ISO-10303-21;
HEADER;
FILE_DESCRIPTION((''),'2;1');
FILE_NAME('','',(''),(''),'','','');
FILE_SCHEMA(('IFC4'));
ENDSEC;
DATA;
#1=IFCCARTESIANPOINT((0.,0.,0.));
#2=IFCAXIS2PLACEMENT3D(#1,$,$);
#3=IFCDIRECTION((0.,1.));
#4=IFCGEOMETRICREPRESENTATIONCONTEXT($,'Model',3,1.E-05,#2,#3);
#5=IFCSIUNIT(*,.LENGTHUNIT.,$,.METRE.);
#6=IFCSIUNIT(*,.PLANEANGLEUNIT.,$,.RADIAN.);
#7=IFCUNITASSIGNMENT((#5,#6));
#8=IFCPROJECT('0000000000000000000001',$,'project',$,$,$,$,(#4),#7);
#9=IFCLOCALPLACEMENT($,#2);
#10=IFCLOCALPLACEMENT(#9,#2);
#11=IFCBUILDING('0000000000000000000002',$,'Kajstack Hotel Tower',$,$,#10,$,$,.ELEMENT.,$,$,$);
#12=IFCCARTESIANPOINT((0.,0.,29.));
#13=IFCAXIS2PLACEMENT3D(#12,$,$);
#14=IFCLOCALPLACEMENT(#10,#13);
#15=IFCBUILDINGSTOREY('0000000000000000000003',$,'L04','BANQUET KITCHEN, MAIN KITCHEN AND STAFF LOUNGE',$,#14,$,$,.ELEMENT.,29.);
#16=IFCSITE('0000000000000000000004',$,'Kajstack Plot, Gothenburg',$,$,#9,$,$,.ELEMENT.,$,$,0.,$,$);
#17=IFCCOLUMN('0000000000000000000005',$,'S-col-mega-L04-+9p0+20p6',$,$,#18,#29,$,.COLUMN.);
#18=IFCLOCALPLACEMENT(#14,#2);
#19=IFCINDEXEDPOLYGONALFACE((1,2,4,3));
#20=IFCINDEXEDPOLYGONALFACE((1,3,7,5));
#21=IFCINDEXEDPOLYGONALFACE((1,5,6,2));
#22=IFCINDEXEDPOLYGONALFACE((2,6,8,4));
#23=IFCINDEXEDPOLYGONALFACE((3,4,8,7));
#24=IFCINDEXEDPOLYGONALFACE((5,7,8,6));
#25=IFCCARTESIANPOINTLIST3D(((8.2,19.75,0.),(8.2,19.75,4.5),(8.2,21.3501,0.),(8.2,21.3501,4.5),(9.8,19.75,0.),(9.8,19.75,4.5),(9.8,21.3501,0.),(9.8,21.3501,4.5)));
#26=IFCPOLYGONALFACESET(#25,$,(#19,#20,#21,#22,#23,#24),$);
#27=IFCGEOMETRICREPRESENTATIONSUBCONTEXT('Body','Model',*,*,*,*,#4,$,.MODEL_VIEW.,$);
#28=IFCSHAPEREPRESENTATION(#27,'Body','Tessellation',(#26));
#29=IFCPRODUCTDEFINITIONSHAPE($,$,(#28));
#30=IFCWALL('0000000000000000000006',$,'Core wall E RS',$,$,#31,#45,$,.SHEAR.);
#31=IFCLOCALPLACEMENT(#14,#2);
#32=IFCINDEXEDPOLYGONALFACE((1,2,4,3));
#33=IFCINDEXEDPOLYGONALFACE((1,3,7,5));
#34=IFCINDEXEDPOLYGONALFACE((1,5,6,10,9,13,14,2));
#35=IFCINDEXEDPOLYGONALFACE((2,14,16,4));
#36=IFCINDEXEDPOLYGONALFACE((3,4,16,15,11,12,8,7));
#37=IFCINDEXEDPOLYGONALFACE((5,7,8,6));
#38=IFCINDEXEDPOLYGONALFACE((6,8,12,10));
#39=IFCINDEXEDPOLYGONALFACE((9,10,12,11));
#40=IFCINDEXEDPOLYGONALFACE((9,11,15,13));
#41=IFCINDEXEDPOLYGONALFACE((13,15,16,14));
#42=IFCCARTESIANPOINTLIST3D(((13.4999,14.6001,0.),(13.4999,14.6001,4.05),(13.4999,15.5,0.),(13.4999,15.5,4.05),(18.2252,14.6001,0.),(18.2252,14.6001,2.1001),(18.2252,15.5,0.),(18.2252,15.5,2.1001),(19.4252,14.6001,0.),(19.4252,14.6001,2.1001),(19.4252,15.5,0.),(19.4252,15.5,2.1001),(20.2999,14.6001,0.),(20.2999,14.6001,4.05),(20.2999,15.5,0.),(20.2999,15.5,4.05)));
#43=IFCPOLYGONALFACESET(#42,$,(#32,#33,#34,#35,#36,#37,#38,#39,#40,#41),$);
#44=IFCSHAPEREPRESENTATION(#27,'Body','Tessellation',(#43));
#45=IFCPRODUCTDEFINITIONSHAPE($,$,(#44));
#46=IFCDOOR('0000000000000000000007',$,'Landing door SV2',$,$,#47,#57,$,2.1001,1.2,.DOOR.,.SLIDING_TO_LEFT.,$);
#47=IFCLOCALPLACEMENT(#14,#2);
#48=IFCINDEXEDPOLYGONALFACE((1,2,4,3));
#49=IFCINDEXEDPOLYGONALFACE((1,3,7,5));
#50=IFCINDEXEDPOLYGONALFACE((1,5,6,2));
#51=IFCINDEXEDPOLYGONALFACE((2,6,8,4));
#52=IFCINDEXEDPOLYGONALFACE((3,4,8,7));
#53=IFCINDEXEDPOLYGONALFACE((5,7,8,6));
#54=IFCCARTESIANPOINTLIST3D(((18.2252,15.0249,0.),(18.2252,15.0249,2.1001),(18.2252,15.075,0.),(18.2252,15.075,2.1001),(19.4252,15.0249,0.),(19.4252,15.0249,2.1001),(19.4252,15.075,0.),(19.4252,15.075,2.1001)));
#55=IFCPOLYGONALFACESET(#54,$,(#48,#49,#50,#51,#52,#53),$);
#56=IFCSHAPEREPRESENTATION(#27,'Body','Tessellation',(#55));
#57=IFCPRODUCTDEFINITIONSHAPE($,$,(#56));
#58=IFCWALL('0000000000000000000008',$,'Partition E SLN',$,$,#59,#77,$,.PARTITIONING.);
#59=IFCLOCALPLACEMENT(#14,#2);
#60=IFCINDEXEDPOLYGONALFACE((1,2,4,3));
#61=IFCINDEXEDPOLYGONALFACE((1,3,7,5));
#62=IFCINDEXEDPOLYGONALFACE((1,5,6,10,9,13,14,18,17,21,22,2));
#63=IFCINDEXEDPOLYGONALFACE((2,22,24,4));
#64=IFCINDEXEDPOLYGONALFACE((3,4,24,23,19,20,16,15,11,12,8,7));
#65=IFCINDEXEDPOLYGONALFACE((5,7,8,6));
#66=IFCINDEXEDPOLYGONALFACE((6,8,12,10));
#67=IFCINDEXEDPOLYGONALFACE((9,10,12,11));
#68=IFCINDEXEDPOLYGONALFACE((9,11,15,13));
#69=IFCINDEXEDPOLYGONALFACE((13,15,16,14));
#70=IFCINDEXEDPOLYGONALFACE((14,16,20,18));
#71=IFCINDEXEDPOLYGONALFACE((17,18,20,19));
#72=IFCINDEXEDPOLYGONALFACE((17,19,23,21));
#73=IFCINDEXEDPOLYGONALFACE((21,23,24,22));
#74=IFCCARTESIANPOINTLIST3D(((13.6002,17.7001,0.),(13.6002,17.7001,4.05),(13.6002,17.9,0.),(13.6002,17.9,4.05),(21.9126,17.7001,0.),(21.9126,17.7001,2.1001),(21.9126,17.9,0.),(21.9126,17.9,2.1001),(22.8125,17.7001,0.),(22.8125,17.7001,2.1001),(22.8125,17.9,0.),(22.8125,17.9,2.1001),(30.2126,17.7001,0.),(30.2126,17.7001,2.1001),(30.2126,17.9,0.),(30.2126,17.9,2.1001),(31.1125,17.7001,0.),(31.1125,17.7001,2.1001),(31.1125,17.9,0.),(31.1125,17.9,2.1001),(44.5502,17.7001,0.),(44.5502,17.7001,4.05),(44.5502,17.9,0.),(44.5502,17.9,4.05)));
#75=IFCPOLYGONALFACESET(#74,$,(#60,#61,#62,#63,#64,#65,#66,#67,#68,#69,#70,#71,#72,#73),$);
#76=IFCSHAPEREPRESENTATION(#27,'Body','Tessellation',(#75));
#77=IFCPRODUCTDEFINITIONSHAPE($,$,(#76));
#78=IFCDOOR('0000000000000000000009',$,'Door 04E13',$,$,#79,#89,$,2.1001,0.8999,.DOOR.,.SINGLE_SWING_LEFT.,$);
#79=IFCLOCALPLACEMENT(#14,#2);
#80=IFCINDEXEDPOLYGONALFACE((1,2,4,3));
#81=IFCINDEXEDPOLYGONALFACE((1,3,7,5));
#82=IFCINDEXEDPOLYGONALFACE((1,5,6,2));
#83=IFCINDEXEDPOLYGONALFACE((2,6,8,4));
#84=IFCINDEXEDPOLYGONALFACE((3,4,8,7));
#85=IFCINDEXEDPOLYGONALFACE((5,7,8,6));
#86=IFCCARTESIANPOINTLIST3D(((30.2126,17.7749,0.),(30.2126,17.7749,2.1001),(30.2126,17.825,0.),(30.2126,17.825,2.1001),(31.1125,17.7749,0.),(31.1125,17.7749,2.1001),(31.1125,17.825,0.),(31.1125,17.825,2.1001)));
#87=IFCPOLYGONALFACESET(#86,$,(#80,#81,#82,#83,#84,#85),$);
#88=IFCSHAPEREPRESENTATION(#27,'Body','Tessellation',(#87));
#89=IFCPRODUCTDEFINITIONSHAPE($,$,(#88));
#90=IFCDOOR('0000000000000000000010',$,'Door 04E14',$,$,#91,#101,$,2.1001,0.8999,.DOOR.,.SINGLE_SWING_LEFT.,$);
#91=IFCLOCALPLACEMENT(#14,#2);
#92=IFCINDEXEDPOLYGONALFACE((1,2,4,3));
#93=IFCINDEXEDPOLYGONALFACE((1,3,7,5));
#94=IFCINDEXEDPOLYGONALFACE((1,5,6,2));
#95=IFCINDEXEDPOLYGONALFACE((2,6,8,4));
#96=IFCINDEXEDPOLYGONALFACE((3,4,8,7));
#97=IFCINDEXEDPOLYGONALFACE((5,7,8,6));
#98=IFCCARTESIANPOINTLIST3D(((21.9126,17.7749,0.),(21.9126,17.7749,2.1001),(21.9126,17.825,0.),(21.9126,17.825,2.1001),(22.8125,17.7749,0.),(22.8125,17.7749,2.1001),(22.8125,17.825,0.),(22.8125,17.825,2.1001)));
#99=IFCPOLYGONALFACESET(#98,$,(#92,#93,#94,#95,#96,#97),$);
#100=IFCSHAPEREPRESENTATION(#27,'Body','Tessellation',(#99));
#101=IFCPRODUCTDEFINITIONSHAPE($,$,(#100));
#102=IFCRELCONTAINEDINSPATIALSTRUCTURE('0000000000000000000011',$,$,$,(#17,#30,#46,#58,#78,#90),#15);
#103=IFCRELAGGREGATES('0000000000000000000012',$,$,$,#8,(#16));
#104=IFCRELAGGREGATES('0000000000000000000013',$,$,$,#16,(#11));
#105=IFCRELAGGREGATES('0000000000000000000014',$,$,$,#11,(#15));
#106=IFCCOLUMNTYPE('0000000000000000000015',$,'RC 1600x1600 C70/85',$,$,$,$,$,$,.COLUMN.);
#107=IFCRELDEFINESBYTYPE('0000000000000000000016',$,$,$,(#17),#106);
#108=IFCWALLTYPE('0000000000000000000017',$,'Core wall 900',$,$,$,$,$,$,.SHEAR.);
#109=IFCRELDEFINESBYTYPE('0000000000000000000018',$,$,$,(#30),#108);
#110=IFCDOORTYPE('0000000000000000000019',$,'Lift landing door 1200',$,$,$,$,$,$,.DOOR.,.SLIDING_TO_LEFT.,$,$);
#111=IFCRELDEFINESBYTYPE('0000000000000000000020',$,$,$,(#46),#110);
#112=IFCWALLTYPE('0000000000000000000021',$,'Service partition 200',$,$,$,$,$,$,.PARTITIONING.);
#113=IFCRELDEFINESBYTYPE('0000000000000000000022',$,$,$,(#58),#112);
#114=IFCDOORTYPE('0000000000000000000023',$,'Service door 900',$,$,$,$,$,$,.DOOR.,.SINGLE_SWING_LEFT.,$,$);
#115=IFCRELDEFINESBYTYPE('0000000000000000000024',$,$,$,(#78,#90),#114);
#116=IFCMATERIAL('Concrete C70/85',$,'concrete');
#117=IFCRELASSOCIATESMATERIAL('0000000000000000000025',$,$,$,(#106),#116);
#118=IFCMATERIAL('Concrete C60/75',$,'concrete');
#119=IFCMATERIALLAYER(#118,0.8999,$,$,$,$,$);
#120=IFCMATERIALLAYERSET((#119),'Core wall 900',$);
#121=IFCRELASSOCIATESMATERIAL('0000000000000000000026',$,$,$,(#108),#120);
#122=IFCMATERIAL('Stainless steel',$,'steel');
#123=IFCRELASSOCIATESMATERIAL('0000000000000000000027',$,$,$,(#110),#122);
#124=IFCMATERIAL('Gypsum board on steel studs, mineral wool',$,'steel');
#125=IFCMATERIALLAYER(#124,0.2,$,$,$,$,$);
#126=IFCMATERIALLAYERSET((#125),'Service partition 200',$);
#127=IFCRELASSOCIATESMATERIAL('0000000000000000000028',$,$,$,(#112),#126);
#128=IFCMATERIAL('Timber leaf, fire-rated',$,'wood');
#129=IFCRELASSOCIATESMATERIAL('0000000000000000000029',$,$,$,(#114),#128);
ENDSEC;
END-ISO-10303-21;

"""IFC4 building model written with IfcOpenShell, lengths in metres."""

from ifc_helpers import new_model, si_unit, direction, frame, frame_2d, origin, origin_2d, place, context, subcontext, project, spatial, rectangle, extrude, material, layer, layer_set, material_profile, profile_set, type_object, element, fill, save


model = new_model("IFC4")

# Units and contexts
model_context = context("Model", 3, precision=1e-05, world=origin(), true_north=direction((0.0, 1.0)))
body_context = subcontext(model_context, "Body", "Model", "MODEL_VIEW")
ifc_project = project(units=[si_unit("LENGTHUNIT", "METRE"), si_unit("PLANEANGLEUNIT", "RADIAN")], contexts=[model_context])

# Site, building, storey
site_placement = place(None, origin())
site = spatial("IfcSite", under=ifc_project, at=site_placement, Name="Kajstack Plot, Gothenburg", CompositionType="ELEMENT", RefElevation=0.0)
building_placement = place(site_placement, origin())
building = spatial("IfcBuilding", under=site, at=building_placement, Name="Kajstack Hotel Tower", CompositionType="ELEMENT")
storey_placement = place(building_placement, frame((0.0, 0.0, 29.0)))
storey = spatial("IfcBuildingStorey", under=building, at=storey_placement, Name="L04", Description="BANQUET KITCHEN, MAIN KITCHEN AND STAFF LOUNGE", CompositionType="ELEMENT", Elevation=29.0)

# Column
ifc_material_1 = material(Name="Concrete C70/85", Category="concrete")
ifc_material_profile = material_profile(ifc_material_1, rectangle(XDim=1.6001, YDim=1.6001, at=origin_2d()), Name="RC 1600x1600")
ifc_profile_set = profile_set([ifc_material_profile], Name="Concrete C70/85")
column_type = type_object("IfcColumnType", Name="RC 1600x1600 C70/85", PredefinedType="COLUMN", material=ifc_profile_set)
column_placement = place(storey_placement, frame((9.0, 20.55, 0.0), z_axis=(0.0, 0.0, 1.0), x_axis=(1.0, 0.0, 0.0)))
element("IfcColumn", 1, at=column_placement, inside=storey, type_object=column_type, Name="S-col-mega-L04-+9p0+20p6", PredefinedType="COLUMN", context=body_context, shape_type="SweptSolid", body=[
    extrude(rectangle(XDim=1.6001, YDim=1.6001, at=origin_2d()), origin(), (0.0, 0.0, 1.0), 4.5),
])

# Wall, opening, door
ifc_material_2 = material(Name="Concrete C60/75", Category="concrete")
ifc_layer_1 = layer(ifc_material_2, 0.8999)
ifc_layer_set_1 = layer_set([ifc_layer_1], Name="Core wall 900")
wall_type_1 = type_object("IfcWallType", Name="Core wall 900", PredefinedType="SHEAR", material=ifc_layer_set_1)
wall_1_placement = place(storey_placement, frame((13.5, 15.05, 0.0), z_axis=(0.0, 0.0, 1.0), x_axis=(1.0, 0.0, 0.0)))
wall_1 = element("IfcWall", 2, at=wall_1_placement, inside=storey, type_object=wall_type_1, Name="Core wall E RS", PredefinedType="SHEAR", context=body_context, shape_type="SweptSolid", body=[
    extrude(rectangle(XDim=6.8, YDim=0.8999, at=frame_2d((3.3999, 0.0))), origin(), (0.0, 0.0, 1.0), 4.05),
])
opening_1_placement = place(wall_1_placement, frame((4.7251, 0.0, 0.0)))
opening_1 = element("IfcOpeningElement", 3, at=opening_1_placement, cuts=wall_1, PredefinedType="OPENING", context=body_context, shape_type="SweptSolid", body=[
    extrude(rectangle(XDim=1.2, YDim=2.1001, at=frame_2d((0.6001, 1.05))), frame((0.0, 0.46, 0.0), z_axis=(0.0, -1.0, 0.0), x_axis=(1.0, 0.0, 0.0)), (0.0, 0.0, 1.0), 0.9199),
])
ifc_material_3 = material(Name="Stainless steel", Category="steel")
door_type_1 = type_object("IfcDoorType", Name="Lift landing door 1200", OperationType="SLIDING_TO_LEFT", PredefinedType="DOOR", material=ifc_material_3)
door_1_placement = place(opening_1_placement, origin())
door_1 = element("IfcDoor", 4, at=door_1_placement, inside=storey, type_object=door_type_1, Name="Landing door SV2", OperationType="SLIDING_TO_LEFT", OverallHeight=2.1001, OverallWidth=1.2, PredefinedType="DOOR", context=body_context, shape_type="SweptSolid", body=[
    extrude(rectangle(XDim=1.2, YDim=2.1001, at=frame_2d((0.6001, 1.05))), frame((0.0, 0.0249, 0.0), z_axis=(0.0, -1.0, 0.0), x_axis=(1.0, 0.0, 0.0)), (0.0, 0.0, 1.0), 0.05),
])
fill(opening_1, door_1)

# Wall, openings, doors
ifc_material_4 = material(Name="Gypsum board on steel studs, mineral wool", Category="steel")
ifc_layer_2 = layer(ifc_material_4, 0.2)
ifc_layer_set_2 = layer_set([ifc_layer_2], Name="Service partition 200")
wall_type_2 = type_object("IfcWallType", Name="Service partition 200", PredefinedType="PARTITIONING", material=ifc_layer_set_2)
wall_2_placement = place(storey_placement, frame((13.6001, 17.8, 0.0), z_axis=(0.0, 0.0, 1.0), x_axis=(1.0, 0.0, 0.0)))
wall_2 = element("IfcWall", 5, at=wall_2_placement, inside=storey, type_object=wall_type_2, Name="Partition E SLN", PredefinedType="PARTITIONING", context=body_context, shape_type="SweptSolid", body=[
    extrude(rectangle(XDim=30.95, YDim=0.2, at=frame_2d((15.4751, 0.0))), origin(), (0.0, 0.0, 1.0), 4.05),
])
opening_2_placement = place(wall_2_placement, frame((16.6125, 0.0, 0.0)))
opening_2 = element("IfcOpeningElement", 6, at=opening_2_placement, cuts=wall_2, PredefinedType="OPENING", context=body_context, shape_type="SweptSolid", body=[
    extrude(rectangle(XDim=0.8999, YDim=2.1001, at=frame_2d((0.45, 1.05))), frame((0.0, 0.1099, 0.0), z_axis=(0.0, -1.0, 0.0), x_axis=(1.0, 0.0, 0.0)), (0.0, 0.0, 1.0), 0.22),
])
opening_3_placement = place(wall_2_placement, frame((8.3125, 0.0, 0.0)))
opening_3 = element("IfcOpeningElement", 7, at=opening_3_placement, cuts=wall_2, PredefinedType="OPENING", context=body_context, shape_type="SweptSolid", body=[
    extrude(rectangle(XDim=0.8999, YDim=2.1001, at=frame_2d((0.45, 1.05))), frame((0.0, 0.1099, 0.0), z_axis=(0.0, -1.0, 0.0), x_axis=(1.0, 0.0, 0.0)), (0.0, 0.0, 1.0), 0.22),
])
ifc_material_5 = material(Name="Timber leaf, fire-rated", Category="wood")
door_type_2 = type_object("IfcDoorType", Name="Service door 900", OperationType="SINGLE_SWING_LEFT", PredefinedType="DOOR", material=ifc_material_5)
door_2_placement = place(opening_2_placement, origin())
door_2 = element("IfcDoor", 8, at=door_2_placement, inside=storey, type_object=door_type_2, Name="Door 04E13", OperationType="SINGLE_SWING_LEFT", OverallHeight=2.1001, OverallWidth=0.8999, PredefinedType="DOOR", context=body_context, shape_type="SweptSolid", body=[
    extrude(rectangle(XDim=0.8999, YDim=2.1001, at=frame_2d((0.45, 1.05))), frame((0.0, 0.0249, 0.0), z_axis=(0.0, -1.0, 0.0), x_axis=(1.0, 0.0, 0.0)), (0.0, 0.0, 1.0), 0.05),
])
fill(opening_2, door_2)
door_3_placement = place(opening_3_placement, origin())
door_3 = element("IfcDoor", 9, at=door_3_placement, inside=storey, type_object=door_type_2, Name="Door 04E14", OperationType="SINGLE_SWING_LEFT", OverallHeight=2.1001, OverallWidth=0.8999, PredefinedType="DOOR", context=body_context, shape_type="SweptSolid", body=[
    extrude(rectangle(XDim=0.8999, YDim=2.1001, at=frame_2d((0.45, 1.05))), frame((0.0, 0.0249, 0.0), z_axis=(0.0, -1.0, 0.0), x_axis=(1.0, 0.0, 0.0)), (0.0, 0.0, 1.0), 0.05),
])
fill(opening_3, door_3)

save(model, "model.ifc")
